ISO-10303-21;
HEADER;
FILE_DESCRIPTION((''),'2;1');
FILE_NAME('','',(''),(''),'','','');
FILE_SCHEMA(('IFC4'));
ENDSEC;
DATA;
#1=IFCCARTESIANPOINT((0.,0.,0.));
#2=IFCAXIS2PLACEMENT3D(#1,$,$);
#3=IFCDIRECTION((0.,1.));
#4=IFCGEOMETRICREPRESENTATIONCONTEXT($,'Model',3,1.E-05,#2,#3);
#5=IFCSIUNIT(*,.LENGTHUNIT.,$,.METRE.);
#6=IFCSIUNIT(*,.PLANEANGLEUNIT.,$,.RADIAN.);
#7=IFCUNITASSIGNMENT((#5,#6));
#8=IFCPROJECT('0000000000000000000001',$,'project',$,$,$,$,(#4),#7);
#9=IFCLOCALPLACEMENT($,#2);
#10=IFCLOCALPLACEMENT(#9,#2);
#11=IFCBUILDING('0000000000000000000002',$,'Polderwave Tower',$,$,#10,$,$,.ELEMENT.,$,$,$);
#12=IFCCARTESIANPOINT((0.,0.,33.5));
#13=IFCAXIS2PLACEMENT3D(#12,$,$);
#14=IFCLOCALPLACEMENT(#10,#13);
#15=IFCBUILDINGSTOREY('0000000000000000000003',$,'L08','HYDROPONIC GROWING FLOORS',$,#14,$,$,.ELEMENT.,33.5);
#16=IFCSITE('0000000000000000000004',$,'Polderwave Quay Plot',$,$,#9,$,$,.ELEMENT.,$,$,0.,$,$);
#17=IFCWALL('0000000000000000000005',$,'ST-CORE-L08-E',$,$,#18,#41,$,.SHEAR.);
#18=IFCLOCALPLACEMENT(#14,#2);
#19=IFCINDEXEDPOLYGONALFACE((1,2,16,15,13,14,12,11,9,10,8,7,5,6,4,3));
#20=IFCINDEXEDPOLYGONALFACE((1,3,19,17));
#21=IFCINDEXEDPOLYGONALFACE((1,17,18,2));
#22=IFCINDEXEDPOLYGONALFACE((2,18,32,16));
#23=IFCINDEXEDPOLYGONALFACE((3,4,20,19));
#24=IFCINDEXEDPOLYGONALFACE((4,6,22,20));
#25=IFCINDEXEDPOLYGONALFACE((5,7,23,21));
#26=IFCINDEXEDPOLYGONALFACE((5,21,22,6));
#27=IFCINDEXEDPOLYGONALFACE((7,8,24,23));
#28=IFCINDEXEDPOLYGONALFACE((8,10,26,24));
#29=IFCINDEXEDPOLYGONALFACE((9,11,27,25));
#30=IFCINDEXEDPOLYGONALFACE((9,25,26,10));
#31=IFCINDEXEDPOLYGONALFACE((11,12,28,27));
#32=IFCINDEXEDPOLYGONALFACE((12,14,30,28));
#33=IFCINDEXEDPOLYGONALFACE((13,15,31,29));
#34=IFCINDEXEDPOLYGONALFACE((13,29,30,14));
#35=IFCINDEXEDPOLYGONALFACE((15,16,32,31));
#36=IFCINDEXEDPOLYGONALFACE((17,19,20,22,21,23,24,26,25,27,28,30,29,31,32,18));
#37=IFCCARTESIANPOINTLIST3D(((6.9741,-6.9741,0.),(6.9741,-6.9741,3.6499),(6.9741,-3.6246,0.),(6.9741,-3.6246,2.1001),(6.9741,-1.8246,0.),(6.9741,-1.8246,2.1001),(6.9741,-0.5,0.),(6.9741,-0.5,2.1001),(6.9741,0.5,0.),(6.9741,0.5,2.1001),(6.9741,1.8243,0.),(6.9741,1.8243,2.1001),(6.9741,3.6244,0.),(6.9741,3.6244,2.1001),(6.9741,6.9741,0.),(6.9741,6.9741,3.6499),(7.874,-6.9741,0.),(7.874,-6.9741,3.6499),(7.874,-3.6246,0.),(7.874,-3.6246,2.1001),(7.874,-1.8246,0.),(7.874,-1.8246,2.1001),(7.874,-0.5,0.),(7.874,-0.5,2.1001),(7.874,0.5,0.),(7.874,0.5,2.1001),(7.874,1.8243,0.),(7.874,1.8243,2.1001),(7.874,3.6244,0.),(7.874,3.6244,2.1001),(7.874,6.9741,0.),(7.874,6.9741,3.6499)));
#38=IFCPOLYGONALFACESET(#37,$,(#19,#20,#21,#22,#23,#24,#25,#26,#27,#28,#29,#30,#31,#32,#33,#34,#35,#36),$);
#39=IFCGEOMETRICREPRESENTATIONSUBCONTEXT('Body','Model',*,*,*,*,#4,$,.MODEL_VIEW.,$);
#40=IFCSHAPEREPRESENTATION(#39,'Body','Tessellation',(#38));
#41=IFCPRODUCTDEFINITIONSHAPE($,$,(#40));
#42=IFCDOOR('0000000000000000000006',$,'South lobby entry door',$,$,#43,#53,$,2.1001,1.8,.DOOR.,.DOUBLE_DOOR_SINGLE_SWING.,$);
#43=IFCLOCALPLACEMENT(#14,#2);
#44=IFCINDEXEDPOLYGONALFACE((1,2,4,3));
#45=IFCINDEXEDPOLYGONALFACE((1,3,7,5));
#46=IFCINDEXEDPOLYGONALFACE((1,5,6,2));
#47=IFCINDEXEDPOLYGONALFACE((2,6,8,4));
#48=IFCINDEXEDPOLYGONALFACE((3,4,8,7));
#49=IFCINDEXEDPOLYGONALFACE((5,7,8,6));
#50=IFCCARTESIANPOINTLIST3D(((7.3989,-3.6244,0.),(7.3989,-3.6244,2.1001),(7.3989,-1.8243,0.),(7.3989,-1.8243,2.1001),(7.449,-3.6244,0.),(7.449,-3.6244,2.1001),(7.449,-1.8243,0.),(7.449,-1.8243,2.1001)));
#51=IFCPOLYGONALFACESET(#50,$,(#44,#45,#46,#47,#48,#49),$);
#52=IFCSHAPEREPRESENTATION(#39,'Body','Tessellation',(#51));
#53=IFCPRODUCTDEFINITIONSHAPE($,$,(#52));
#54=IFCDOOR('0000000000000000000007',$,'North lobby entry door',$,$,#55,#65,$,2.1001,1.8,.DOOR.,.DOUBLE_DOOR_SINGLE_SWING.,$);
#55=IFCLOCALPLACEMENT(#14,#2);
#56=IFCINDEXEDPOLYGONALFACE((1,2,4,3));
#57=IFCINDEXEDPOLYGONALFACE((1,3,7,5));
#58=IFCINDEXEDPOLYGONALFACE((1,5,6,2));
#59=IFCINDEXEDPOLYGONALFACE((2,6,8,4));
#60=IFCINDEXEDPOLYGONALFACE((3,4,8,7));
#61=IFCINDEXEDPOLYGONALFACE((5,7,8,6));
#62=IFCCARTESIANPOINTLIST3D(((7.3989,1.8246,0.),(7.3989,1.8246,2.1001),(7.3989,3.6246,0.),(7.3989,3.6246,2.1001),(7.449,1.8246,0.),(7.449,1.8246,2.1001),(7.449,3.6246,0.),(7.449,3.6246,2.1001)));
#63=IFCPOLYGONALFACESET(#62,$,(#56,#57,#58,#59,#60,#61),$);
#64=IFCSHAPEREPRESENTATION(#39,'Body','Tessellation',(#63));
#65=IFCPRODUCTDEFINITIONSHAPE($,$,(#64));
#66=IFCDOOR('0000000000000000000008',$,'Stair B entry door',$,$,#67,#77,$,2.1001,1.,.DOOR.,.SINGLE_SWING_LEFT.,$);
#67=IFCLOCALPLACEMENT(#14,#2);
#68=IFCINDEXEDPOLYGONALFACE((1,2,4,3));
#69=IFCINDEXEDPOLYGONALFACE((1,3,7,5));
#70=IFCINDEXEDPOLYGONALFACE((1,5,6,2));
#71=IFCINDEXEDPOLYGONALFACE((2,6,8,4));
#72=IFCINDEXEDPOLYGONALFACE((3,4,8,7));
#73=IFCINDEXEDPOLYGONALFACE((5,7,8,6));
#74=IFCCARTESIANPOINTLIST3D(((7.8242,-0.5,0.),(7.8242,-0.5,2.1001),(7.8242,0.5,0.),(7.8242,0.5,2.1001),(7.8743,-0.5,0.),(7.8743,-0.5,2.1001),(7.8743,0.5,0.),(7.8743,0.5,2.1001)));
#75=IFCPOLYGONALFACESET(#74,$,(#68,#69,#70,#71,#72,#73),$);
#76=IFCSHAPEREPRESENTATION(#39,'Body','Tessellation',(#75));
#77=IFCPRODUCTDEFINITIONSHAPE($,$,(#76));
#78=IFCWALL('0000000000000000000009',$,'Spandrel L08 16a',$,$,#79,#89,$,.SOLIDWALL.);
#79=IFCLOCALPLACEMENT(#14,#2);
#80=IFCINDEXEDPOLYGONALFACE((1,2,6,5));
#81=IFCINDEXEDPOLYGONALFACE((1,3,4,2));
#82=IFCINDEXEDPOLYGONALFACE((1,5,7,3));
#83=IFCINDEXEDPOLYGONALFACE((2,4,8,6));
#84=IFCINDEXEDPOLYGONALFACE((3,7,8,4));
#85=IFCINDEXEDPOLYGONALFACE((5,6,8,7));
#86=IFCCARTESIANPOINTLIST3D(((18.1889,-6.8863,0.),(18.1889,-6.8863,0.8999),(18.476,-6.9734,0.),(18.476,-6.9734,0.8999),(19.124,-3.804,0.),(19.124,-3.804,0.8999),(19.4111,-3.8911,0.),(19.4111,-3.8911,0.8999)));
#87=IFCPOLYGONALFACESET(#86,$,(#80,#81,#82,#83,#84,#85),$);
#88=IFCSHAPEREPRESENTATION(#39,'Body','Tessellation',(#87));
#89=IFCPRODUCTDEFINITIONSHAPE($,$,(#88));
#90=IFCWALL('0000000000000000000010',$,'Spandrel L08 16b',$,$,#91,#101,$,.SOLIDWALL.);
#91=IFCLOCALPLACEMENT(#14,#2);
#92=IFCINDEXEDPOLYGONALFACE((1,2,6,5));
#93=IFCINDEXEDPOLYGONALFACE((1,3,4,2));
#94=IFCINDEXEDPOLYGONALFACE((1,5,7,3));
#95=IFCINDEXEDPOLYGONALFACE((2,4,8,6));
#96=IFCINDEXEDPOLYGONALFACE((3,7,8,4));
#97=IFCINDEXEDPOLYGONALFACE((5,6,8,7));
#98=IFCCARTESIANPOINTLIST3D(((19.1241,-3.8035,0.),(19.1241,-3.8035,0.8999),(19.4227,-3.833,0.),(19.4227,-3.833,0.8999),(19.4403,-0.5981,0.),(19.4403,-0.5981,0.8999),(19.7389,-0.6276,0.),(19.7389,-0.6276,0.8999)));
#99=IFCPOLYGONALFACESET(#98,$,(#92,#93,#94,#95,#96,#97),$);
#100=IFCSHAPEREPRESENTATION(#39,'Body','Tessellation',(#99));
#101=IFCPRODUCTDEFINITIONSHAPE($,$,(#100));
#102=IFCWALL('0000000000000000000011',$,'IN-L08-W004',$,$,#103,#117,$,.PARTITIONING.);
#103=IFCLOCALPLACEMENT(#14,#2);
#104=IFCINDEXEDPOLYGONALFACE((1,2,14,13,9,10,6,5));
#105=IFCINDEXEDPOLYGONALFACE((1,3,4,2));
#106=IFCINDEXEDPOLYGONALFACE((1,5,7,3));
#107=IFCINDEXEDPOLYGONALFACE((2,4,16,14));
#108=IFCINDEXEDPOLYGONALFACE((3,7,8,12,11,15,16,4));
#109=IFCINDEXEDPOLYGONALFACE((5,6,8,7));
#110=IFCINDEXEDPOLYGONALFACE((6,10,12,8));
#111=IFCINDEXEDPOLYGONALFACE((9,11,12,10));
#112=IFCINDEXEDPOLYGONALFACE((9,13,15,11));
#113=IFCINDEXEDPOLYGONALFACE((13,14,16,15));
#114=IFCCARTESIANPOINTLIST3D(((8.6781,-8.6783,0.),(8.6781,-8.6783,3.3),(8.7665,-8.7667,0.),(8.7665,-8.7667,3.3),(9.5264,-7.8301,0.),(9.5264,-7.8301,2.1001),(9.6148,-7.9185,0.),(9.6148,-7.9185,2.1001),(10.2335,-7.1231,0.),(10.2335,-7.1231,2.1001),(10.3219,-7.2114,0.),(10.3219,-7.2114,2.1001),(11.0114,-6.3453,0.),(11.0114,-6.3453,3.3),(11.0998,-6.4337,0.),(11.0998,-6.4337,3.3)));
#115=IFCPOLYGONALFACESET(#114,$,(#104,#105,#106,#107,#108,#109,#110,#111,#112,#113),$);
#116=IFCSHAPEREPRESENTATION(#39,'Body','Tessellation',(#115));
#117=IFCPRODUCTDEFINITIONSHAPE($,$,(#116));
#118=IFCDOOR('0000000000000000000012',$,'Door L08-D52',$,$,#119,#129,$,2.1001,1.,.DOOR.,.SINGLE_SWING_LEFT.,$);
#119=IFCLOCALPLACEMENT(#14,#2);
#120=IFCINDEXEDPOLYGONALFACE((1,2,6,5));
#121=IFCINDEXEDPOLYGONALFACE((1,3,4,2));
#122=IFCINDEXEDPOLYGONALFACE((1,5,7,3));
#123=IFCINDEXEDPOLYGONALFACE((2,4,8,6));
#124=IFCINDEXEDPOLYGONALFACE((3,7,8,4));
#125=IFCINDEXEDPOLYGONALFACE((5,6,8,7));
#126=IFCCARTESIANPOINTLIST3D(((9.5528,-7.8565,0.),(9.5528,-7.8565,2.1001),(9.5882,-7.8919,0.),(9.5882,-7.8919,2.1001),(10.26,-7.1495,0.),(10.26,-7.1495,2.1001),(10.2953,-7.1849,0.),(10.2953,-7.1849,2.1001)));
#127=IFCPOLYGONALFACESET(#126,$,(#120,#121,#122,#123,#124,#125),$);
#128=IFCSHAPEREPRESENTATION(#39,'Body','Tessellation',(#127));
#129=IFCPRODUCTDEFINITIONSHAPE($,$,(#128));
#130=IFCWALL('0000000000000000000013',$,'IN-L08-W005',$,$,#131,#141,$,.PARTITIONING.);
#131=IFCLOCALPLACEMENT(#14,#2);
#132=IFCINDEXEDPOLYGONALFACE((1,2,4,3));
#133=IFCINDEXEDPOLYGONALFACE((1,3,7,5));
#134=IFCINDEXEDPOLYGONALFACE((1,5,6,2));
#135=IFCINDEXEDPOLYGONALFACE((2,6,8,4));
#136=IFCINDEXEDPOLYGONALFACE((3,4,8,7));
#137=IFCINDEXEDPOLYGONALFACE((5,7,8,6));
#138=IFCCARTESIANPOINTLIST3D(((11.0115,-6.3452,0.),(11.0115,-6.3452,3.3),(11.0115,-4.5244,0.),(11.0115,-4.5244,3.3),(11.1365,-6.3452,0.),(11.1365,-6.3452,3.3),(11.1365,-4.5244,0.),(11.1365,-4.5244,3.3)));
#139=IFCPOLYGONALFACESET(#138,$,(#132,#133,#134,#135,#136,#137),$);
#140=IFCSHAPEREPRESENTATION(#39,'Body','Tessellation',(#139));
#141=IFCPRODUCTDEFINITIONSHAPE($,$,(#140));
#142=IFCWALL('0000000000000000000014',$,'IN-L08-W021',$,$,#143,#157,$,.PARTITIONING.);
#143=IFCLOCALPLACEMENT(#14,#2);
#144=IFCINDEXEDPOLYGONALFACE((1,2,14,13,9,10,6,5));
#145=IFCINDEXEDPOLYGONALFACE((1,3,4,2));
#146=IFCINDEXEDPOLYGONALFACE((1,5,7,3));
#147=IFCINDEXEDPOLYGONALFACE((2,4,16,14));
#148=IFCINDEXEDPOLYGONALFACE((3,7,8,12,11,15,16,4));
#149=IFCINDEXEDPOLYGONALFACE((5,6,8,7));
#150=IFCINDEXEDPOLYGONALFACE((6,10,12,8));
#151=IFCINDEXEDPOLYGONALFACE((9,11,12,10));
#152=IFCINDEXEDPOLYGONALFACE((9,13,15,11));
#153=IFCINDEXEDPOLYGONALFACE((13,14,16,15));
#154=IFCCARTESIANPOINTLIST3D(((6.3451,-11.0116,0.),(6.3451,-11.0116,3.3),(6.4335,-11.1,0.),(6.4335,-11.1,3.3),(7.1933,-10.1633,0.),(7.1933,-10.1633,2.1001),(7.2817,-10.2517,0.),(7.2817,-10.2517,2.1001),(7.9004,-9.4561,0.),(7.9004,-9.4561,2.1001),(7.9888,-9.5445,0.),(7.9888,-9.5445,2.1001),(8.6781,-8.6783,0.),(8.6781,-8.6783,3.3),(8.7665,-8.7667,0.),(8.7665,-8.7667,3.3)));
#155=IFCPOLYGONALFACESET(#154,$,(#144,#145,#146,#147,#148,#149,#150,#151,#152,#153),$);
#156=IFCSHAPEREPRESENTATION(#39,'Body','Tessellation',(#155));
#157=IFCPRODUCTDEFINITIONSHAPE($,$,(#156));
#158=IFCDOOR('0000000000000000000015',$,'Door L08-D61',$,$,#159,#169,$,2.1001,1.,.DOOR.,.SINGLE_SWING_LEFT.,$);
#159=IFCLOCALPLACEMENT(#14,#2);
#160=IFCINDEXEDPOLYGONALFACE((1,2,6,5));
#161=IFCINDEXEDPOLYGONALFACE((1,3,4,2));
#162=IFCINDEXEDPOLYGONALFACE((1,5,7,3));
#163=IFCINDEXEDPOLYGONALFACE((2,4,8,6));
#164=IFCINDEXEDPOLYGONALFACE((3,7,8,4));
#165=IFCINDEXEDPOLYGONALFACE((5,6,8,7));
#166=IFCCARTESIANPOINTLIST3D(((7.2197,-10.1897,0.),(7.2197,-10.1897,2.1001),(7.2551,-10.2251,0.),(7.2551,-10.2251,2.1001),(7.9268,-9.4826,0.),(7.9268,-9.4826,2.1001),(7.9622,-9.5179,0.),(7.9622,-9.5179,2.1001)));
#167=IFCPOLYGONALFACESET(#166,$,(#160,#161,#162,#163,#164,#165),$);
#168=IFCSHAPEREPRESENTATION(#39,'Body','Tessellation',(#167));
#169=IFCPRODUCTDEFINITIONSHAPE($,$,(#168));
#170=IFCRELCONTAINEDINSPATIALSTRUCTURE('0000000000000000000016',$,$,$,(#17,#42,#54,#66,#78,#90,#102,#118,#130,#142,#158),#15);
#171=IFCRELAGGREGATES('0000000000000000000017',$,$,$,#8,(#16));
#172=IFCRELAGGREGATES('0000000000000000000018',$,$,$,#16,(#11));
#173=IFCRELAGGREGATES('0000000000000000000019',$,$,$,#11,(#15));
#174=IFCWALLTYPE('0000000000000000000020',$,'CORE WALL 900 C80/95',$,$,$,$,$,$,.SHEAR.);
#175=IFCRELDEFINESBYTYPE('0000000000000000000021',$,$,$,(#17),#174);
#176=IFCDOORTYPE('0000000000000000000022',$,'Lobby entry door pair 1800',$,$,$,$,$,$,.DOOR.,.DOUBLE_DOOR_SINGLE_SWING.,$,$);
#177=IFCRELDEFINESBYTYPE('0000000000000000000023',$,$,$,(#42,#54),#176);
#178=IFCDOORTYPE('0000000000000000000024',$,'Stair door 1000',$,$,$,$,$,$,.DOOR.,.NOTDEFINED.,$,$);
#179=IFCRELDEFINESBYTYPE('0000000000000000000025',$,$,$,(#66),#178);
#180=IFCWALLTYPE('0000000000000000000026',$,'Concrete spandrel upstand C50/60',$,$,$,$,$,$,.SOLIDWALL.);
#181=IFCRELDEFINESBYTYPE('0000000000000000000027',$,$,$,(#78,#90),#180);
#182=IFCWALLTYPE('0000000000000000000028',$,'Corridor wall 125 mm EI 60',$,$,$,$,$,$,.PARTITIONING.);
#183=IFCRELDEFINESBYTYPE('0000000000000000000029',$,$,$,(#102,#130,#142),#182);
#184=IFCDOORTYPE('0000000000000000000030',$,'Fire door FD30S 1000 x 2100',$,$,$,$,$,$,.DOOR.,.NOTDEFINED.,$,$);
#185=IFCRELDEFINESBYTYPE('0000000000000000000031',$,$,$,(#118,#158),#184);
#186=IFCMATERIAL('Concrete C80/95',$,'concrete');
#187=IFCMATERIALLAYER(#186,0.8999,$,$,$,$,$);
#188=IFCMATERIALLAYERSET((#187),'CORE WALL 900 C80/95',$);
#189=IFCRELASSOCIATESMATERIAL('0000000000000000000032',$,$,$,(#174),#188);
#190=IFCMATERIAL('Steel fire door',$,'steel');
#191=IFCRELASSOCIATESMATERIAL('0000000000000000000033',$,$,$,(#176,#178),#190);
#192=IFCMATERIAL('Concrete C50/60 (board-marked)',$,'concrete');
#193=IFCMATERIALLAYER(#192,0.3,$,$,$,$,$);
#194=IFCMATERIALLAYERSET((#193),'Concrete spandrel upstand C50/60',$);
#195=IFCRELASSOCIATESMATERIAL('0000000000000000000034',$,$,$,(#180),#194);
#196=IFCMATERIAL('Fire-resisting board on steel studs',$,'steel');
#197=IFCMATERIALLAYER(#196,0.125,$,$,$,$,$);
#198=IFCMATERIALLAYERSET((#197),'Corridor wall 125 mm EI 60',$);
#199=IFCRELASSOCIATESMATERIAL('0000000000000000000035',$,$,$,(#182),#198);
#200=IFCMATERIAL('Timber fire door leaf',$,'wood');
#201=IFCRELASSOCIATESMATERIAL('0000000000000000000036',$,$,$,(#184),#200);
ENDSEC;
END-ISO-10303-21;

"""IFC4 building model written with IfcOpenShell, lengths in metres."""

from ifc_helpers import new_model, si_unit, direction, frame, frame_2d, origin, place, context, subcontext, project, spatial, rectangle, extrude, material, layer, layer_set, type_object, element, fill, save


model = new_model("IFC4")

# Units and contexts
model_context = context("Model", 3, precision=1e-05, world=origin(), true_north=direction((0.0, 1.0)))
body_context = subcontext(model_context, "Body", "Model", "MODEL_VIEW")
ifc_project = project(units=[si_unit("LENGTHUNIT", "METRE"), si_unit("PLANEANGLEUNIT", "RADIAN")], contexts=[model_context])

# Site, building, storey
site_placement = place(None, origin())
site = spatial("IfcSite", under=ifc_project, at=site_placement, Name="Polderwave Quay Plot", CompositionType="ELEMENT", RefElevation=0.0)
building_placement = place(site_placement, origin())
building = spatial("IfcBuilding", under=site, at=building_placement, Name="Polderwave Tower", CompositionType="ELEMENT")
storey_placement = place(building_placement, frame((0.0, 0.0, 33.5)))
storey = spatial("IfcBuildingStorey", under=building, at=storey_placement, Name="L08", Description="HYDROPONIC GROWING FLOORS", CompositionType="ELEMENT", Elevation=33.5)

# Wall, openings, doors
ifc_material_1 = material(Name="Concrete C80/95", Category="concrete")
ifc_layer_1 = layer(ifc_material_1, 0.8999)
ifc_layer_set_1 = layer_set([ifc_layer_1], Name="CORE WALL 900 C80/95")
wall_type_1 = type_object("IfcWallType", Name="CORE WALL 900 C80/95", PredefinedType="SHEAR", material=ifc_layer_set_1)
wall_1_placement = place(storey_placement, frame((7.4241, -6.9741, 0.0), z_axis=(0.0, 0.0, 1.0), x_axis=(0.0, 1.0, 0.0)))
wall_1 = element("IfcWall", 1, at=wall_1_placement, inside=storey, type_object=wall_type_1, Name="ST-CORE-L08-E", PredefinedType="SHEAR", context=body_context, shape_type="SweptSolid", body=[
    extrude(rectangle(XDim=13.9482, YDim=0.8999, at=frame_2d((6.9741, 0.0))), origin(), (0.0, 0.0, 1.0), 3.6499),
])
opening_1_placement = place(wall_1_placement, frame((6.4741, 0.0, 0.0)))
opening_1 = element("IfcOpeningElement", 2, at=opening_1_placement, cuts=wall_1, PredefinedType="OPENING", context=body_context, shape_type="SweptSolid", body=[
    extrude(rectangle(XDim=1.0, YDim=2.1001, at=frame_2d((0.5, 1.05))), frame((0.0, 0.46, 0.0), z_axis=(0.0, -1.0, 0.0), x_axis=(1.0, 0.0, 0.0)), (0.0, 0.0, 1.0), 0.9199),
])
opening_2_placement = place(wall_1_placement, frame((3.3496, 0.0, 0.0)))
opening_2 = element("IfcOpeningElement", 3, at=opening_2_placement, cuts=wall_1, PredefinedType="OPENING", context=body_context, shape_type="SweptSolid", body=[
    extrude(rectangle(XDim=1.8, YDim=2.1001, at=frame_2d((0.8999, 1.05))), frame((0.0, 0.46, 0.0), z_axis=(0.0, -1.0, 0.0), x_axis=(1.0, 0.0, 0.0)), (0.0, 0.0, 1.0), 0.9199),
])
opening_3_placement = place(wall_1_placement, frame((8.7986, 0.0, 0.0)))
opening_3 = element("IfcOpeningElement", 4, at=opening_3_placement, cuts=wall_1, PredefinedType="OPENING", context=body_context, shape_type="SweptSolid", body=[
    extrude(rectangle(XDim=1.8, YDim=2.1001, at=frame_2d((0.8999, 1.05))), frame((0.0, 0.46, 0.0), z_axis=(0.0, -1.0, 0.0), x_axis=(1.0, 0.0, 0.0)), (0.0, 0.0, 1.0), 0.9199),
])
ifc_material_2 = material(Name="Steel fire door", Category="steel")
door_type_1 = type_object("IfcDoorType", Name="Lobby entry door pair 1800", OperationType="DOUBLE_DOOR_SINGLE_SWING", PredefinedType="DOOR", material=ifc_material_2)
door_1_placement = place(opening_2_placement, frame((1.8, 0.0, 0.0), z_axis=(0.0, 0.0, 1.0), x_axis=(-1.0, 0.0, 0.0)))
door_1 = element("IfcDoor", 5, at=door_1_placement, inside=storey, type_object=door_type_1, Name="South lobby entry door", OperationType="DOUBLE_DOOR_SINGLE_SWING", OverallHeight=2.1001, OverallWidth=1.8, PredefinedType="DOOR", context=body_context, shape_type="SweptSolid", body=[
    extrude(rectangle(XDim=1.8, YDim=2.1001, at=frame_2d((0.8999, 1.05))), frame((0.0, 0.0249, 0.0), z_axis=(0.0, -1.0, 0.0), x_axis=(1.0, 0.0, 0.0)), (0.0, 0.0, 1.0), 0.05),
])
fill(opening_2, door_1)
door_2_placement = place(opening_3_placement, frame((1.8, 0.0, 0.0), z_axis=(0.0, 0.0, 1.0), x_axis=(-1.0, 0.0, 0.0)))
door_2 = element("IfcDoor", 6, at=door_2_placement, inside=storey, type_object=door_type_1, Name="North lobby entry door", OperationType="DOUBLE_DOOR_SINGLE_SWING", OverallHeight=2.1001, OverallWidth=1.8, PredefinedType="DOOR", context=body_context, shape_type="SweptSolid", body=[
    extrude(rectangle(XDim=1.8, YDim=2.1001, at=frame_2d((0.8999, 1.05))), frame((0.0, 0.0249, 0.0), z_axis=(0.0, -1.0, 0.0), x_axis=(1.0, 0.0, 0.0)), (0.0, 0.0, 1.0), 0.05),
])
fill(opening_3, door_2)
door_type_2 = type_object("IfcDoorType", Name="Stair door 1000", OperationType="NOTDEFINED", PredefinedType="DOOR", material=ifc_material_2)
door_3_placement = place(opening_1_placement, frame((1.0, 0.0, 0.0), z_axis=(0.0, 0.0, 1.0), x_axis=(-1.0, 0.0, 0.0)))
door_3 = element("IfcDoor", 7, at=door_3_placement, inside=storey, type_object=door_type_2, Name="Stair B entry door", OperationType="SINGLE_SWING_LEFT", OverallHeight=2.1001, OverallWidth=1.0, PredefinedType="DOOR", context=body_context, shape_type="SweptSolid", body=[
    extrude(rectangle(XDim=1.0, YDim=2.1001, at=frame_2d((0.5, 1.05))), frame((0.0, 0.4502, 0.0), z_axis=(0.0, -1.0, 0.0), x_axis=(1.0, 0.0, 0.0)), (0.0, 0.0, 1.0), 0.05),
])
fill(opening_1, door_3)

# Walls
ifc_material_3 = material(Name="Concrete C50/60 (board-marked)", Category="concrete")
ifc_layer_2 = layer(ifc_material_3, 0.3)
ifc_layer_set_2 = layer_set([ifc_layer_2], Name="Concrete spandrel upstand C50/60")
wall_type_2 = type_object("IfcWallType", Name="Concrete spandrel upstand C50/60", PredefinedType="SOLIDWALL", material=ifc_layer_set_2)
for number, where, z_axis, x_axis, name in (
    (8, (18.3325, -6.9297, 0.0), (0.0, 0.0, 1.0), (0.290302, 0.956935, 0.0), "Spandrel L08 16a"),
    (9, (19.2734, -3.8181, 0.0), (0.0, 0.0, 1.0), (0.09816, 0.995171, 0.0), "Spandrel L08 16b"),
):
    element("IfcWall", number, at=place(storey_placement, frame(where, z_axis=z_axis, x_axis=x_axis)), inside=storey, type_object=wall_type_2, Name=name, PredefinedType="SOLIDWALL", context=body_context, shape_type="SweptSolid", body=[
        extrude(rectangle(XDim=3.2209, YDim=0.3, at=frame_2d((1.6104, 0.0))), origin(), (0.0, 0.0, 1.0), 0.8999),
    ])

# Wall, opening, door
ifc_material_4 = material(Name="Fire-resisting board on steel studs", Category="steel")
ifc_layer_3 = layer(ifc_material_4, 0.125)
ifc_layer_set_3 = layer_set([ifc_layer_3], Name="Corridor wall 125 mm EI 60")
wall_type_3 = type_object("IfcWallType", Name="Corridor wall 125 mm EI 60", PredefinedType="PARTITIONING", material=ifc_layer_set_3)
wall_2_placement = place(storey_placement, frame((11.0557, -6.3894, 0.0), z_axis=(0.0, 0.0, 1.0), x_axis=(-0.707144, -0.70707, 0.0)))
wall_2 = element("IfcWall", 10, at=wall_2_placement, inside=storey, type_object=wall_type_3, Name="IN-L08-W004", PredefinedType="PARTITIONING", context=body_context, shape_type="SweptSolid", body=[
    extrude(rectangle(XDim=3.2996, YDim=0.125, at=frame_2d((1.6499, 0.0))), origin(), (0.0, 0.0, 1.0), 3.3),
])
opening_4_placement = place(wall_2_placement, frame((1.1001, 0.0, 0.0)))
opening_4 = element("IfcOpeningElement", 11, at=opening_4_placement, cuts=wall_2, PredefinedType="OPENING", context=body_context, shape_type="SweptSolid", body=[
    extrude(rectangle(XDim=1.0, YDim=2.1001, at=frame_2d((0.5, 1.05))), frame((0.0, 0.0725, 0.0), z_axis=(0.0, -1.0, 0.0), x_axis=(1.0, 0.0, 0.0)), (0.0, 0.0, 1.0), 0.145),
])
ifc_material_5 = material(Name="Timber fire door leaf", Category="wood")
door_type_3 = type_object("IfcDoorType", Name="Fire door FD30S 1000 x 2100", OperationType="NOTDEFINED", PredefinedType="DOOR", material=ifc_material_5)
door_4_placement = place(opening_4_placement, origin())
door_4 = element("IfcDoor", 12, at=door_4_placement, inside=storey, type_object=door_type_3, Name="Door L08-D52", OperationType="SINGLE_SWING_LEFT", OverallHeight=2.1001, OverallWidth=1.0, PredefinedType="DOOR", context=body_context, shape_type="SweptSolid", body=[
    extrude(rectangle(XDim=1.0, YDim=2.1001, at=frame_2d((0.5, 1.05))), frame((0.0, 0.0249, 0.0), z_axis=(0.0, -1.0, 0.0), x_axis=(1.0, 0.0, 0.0)), (0.0, 0.0, 1.0), 0.05),
])
fill(opening_4, door_4)

# Wall
wall_3_placement = place(storey_placement, frame((11.074, -4.5244, 0.0), z_axis=(0.0, 0.0, 1.0), x_axis=(0.0, -1.0, 0.0)))
element("IfcWall", 13, at=wall_3_placement, inside=storey, type_object=wall_type_3, Name="IN-L08-W005", PredefinedType="PARTITIONING", context=body_context, shape_type="SweptSolid", body=[
    extrude(rectangle(XDim=1.8208, YDim=0.125, at=frame_2d((0.9104, 0.0))), origin(), (0.0, 0.0, 1.0), 3.3),
])

# Wall, opening, door
wall_4_placement = place(storey_placement, frame((8.7224, -8.7224, 0.0), z_axis=(0.0, 0.0, 1.0), x_axis=(-0.70707, -0.707144, 0.0)))
wall_4 = element("IfcWall", 14, at=wall_4_placement, inside=storey, type_object=wall_type_3, Name="IN-L08-W021", PredefinedType="PARTITIONING", context=body_context, shape_type="SweptSolid", body=[
    extrude(rectangle(XDim=3.2996, YDim=0.125, at=frame_2d((1.6499, 0.0))), origin(), (0.0, 0.0, 1.0), 3.3),
])
opening_5_placement = place(wall_4_placement, frame((1.1001, 0.0, 0.0)))
opening_5 = element("IfcOpeningElement", 15, at=opening_5_placement, cuts=wall_4, PredefinedType="OPENING", context=body_context, shape_type="SweptSolid", body=[
    extrude(rectangle(XDim=1.0, YDim=2.1001, at=frame_2d((0.5, 1.05))), frame((0.0, 0.0725, 0.0), z_axis=(0.0, -1.0, 0.0), x_axis=(1.0, 0.0, 0.0)), (0.0, 0.0, 1.0), 0.145),
])
door_5_placement = place(opening_5_placement, origin())
door_5 = element("IfcDoor", 16, at=door_5_placement, inside=storey, type_object=door_type_3, Name="Door L08-D61", OperationType="SINGLE_SWING_LEFT", OverallHeight=2.1001, OverallWidth=1.0, PredefinedType="DOOR", context=body_context, shape_type="SweptSolid", body=[
    extrude(rectangle(XDim=1.0, YDim=2.1001, at=frame_2d((0.5, 1.05))), frame((0.0, 0.0249, 0.0), z_axis=(0.0, -1.0, 0.0), x_axis=(1.0, 0.0, 0.0)), (0.0, 0.0, 1.0), 0.05),
])
fill(opening_5, door_5)

save(model, "model.ifc")
